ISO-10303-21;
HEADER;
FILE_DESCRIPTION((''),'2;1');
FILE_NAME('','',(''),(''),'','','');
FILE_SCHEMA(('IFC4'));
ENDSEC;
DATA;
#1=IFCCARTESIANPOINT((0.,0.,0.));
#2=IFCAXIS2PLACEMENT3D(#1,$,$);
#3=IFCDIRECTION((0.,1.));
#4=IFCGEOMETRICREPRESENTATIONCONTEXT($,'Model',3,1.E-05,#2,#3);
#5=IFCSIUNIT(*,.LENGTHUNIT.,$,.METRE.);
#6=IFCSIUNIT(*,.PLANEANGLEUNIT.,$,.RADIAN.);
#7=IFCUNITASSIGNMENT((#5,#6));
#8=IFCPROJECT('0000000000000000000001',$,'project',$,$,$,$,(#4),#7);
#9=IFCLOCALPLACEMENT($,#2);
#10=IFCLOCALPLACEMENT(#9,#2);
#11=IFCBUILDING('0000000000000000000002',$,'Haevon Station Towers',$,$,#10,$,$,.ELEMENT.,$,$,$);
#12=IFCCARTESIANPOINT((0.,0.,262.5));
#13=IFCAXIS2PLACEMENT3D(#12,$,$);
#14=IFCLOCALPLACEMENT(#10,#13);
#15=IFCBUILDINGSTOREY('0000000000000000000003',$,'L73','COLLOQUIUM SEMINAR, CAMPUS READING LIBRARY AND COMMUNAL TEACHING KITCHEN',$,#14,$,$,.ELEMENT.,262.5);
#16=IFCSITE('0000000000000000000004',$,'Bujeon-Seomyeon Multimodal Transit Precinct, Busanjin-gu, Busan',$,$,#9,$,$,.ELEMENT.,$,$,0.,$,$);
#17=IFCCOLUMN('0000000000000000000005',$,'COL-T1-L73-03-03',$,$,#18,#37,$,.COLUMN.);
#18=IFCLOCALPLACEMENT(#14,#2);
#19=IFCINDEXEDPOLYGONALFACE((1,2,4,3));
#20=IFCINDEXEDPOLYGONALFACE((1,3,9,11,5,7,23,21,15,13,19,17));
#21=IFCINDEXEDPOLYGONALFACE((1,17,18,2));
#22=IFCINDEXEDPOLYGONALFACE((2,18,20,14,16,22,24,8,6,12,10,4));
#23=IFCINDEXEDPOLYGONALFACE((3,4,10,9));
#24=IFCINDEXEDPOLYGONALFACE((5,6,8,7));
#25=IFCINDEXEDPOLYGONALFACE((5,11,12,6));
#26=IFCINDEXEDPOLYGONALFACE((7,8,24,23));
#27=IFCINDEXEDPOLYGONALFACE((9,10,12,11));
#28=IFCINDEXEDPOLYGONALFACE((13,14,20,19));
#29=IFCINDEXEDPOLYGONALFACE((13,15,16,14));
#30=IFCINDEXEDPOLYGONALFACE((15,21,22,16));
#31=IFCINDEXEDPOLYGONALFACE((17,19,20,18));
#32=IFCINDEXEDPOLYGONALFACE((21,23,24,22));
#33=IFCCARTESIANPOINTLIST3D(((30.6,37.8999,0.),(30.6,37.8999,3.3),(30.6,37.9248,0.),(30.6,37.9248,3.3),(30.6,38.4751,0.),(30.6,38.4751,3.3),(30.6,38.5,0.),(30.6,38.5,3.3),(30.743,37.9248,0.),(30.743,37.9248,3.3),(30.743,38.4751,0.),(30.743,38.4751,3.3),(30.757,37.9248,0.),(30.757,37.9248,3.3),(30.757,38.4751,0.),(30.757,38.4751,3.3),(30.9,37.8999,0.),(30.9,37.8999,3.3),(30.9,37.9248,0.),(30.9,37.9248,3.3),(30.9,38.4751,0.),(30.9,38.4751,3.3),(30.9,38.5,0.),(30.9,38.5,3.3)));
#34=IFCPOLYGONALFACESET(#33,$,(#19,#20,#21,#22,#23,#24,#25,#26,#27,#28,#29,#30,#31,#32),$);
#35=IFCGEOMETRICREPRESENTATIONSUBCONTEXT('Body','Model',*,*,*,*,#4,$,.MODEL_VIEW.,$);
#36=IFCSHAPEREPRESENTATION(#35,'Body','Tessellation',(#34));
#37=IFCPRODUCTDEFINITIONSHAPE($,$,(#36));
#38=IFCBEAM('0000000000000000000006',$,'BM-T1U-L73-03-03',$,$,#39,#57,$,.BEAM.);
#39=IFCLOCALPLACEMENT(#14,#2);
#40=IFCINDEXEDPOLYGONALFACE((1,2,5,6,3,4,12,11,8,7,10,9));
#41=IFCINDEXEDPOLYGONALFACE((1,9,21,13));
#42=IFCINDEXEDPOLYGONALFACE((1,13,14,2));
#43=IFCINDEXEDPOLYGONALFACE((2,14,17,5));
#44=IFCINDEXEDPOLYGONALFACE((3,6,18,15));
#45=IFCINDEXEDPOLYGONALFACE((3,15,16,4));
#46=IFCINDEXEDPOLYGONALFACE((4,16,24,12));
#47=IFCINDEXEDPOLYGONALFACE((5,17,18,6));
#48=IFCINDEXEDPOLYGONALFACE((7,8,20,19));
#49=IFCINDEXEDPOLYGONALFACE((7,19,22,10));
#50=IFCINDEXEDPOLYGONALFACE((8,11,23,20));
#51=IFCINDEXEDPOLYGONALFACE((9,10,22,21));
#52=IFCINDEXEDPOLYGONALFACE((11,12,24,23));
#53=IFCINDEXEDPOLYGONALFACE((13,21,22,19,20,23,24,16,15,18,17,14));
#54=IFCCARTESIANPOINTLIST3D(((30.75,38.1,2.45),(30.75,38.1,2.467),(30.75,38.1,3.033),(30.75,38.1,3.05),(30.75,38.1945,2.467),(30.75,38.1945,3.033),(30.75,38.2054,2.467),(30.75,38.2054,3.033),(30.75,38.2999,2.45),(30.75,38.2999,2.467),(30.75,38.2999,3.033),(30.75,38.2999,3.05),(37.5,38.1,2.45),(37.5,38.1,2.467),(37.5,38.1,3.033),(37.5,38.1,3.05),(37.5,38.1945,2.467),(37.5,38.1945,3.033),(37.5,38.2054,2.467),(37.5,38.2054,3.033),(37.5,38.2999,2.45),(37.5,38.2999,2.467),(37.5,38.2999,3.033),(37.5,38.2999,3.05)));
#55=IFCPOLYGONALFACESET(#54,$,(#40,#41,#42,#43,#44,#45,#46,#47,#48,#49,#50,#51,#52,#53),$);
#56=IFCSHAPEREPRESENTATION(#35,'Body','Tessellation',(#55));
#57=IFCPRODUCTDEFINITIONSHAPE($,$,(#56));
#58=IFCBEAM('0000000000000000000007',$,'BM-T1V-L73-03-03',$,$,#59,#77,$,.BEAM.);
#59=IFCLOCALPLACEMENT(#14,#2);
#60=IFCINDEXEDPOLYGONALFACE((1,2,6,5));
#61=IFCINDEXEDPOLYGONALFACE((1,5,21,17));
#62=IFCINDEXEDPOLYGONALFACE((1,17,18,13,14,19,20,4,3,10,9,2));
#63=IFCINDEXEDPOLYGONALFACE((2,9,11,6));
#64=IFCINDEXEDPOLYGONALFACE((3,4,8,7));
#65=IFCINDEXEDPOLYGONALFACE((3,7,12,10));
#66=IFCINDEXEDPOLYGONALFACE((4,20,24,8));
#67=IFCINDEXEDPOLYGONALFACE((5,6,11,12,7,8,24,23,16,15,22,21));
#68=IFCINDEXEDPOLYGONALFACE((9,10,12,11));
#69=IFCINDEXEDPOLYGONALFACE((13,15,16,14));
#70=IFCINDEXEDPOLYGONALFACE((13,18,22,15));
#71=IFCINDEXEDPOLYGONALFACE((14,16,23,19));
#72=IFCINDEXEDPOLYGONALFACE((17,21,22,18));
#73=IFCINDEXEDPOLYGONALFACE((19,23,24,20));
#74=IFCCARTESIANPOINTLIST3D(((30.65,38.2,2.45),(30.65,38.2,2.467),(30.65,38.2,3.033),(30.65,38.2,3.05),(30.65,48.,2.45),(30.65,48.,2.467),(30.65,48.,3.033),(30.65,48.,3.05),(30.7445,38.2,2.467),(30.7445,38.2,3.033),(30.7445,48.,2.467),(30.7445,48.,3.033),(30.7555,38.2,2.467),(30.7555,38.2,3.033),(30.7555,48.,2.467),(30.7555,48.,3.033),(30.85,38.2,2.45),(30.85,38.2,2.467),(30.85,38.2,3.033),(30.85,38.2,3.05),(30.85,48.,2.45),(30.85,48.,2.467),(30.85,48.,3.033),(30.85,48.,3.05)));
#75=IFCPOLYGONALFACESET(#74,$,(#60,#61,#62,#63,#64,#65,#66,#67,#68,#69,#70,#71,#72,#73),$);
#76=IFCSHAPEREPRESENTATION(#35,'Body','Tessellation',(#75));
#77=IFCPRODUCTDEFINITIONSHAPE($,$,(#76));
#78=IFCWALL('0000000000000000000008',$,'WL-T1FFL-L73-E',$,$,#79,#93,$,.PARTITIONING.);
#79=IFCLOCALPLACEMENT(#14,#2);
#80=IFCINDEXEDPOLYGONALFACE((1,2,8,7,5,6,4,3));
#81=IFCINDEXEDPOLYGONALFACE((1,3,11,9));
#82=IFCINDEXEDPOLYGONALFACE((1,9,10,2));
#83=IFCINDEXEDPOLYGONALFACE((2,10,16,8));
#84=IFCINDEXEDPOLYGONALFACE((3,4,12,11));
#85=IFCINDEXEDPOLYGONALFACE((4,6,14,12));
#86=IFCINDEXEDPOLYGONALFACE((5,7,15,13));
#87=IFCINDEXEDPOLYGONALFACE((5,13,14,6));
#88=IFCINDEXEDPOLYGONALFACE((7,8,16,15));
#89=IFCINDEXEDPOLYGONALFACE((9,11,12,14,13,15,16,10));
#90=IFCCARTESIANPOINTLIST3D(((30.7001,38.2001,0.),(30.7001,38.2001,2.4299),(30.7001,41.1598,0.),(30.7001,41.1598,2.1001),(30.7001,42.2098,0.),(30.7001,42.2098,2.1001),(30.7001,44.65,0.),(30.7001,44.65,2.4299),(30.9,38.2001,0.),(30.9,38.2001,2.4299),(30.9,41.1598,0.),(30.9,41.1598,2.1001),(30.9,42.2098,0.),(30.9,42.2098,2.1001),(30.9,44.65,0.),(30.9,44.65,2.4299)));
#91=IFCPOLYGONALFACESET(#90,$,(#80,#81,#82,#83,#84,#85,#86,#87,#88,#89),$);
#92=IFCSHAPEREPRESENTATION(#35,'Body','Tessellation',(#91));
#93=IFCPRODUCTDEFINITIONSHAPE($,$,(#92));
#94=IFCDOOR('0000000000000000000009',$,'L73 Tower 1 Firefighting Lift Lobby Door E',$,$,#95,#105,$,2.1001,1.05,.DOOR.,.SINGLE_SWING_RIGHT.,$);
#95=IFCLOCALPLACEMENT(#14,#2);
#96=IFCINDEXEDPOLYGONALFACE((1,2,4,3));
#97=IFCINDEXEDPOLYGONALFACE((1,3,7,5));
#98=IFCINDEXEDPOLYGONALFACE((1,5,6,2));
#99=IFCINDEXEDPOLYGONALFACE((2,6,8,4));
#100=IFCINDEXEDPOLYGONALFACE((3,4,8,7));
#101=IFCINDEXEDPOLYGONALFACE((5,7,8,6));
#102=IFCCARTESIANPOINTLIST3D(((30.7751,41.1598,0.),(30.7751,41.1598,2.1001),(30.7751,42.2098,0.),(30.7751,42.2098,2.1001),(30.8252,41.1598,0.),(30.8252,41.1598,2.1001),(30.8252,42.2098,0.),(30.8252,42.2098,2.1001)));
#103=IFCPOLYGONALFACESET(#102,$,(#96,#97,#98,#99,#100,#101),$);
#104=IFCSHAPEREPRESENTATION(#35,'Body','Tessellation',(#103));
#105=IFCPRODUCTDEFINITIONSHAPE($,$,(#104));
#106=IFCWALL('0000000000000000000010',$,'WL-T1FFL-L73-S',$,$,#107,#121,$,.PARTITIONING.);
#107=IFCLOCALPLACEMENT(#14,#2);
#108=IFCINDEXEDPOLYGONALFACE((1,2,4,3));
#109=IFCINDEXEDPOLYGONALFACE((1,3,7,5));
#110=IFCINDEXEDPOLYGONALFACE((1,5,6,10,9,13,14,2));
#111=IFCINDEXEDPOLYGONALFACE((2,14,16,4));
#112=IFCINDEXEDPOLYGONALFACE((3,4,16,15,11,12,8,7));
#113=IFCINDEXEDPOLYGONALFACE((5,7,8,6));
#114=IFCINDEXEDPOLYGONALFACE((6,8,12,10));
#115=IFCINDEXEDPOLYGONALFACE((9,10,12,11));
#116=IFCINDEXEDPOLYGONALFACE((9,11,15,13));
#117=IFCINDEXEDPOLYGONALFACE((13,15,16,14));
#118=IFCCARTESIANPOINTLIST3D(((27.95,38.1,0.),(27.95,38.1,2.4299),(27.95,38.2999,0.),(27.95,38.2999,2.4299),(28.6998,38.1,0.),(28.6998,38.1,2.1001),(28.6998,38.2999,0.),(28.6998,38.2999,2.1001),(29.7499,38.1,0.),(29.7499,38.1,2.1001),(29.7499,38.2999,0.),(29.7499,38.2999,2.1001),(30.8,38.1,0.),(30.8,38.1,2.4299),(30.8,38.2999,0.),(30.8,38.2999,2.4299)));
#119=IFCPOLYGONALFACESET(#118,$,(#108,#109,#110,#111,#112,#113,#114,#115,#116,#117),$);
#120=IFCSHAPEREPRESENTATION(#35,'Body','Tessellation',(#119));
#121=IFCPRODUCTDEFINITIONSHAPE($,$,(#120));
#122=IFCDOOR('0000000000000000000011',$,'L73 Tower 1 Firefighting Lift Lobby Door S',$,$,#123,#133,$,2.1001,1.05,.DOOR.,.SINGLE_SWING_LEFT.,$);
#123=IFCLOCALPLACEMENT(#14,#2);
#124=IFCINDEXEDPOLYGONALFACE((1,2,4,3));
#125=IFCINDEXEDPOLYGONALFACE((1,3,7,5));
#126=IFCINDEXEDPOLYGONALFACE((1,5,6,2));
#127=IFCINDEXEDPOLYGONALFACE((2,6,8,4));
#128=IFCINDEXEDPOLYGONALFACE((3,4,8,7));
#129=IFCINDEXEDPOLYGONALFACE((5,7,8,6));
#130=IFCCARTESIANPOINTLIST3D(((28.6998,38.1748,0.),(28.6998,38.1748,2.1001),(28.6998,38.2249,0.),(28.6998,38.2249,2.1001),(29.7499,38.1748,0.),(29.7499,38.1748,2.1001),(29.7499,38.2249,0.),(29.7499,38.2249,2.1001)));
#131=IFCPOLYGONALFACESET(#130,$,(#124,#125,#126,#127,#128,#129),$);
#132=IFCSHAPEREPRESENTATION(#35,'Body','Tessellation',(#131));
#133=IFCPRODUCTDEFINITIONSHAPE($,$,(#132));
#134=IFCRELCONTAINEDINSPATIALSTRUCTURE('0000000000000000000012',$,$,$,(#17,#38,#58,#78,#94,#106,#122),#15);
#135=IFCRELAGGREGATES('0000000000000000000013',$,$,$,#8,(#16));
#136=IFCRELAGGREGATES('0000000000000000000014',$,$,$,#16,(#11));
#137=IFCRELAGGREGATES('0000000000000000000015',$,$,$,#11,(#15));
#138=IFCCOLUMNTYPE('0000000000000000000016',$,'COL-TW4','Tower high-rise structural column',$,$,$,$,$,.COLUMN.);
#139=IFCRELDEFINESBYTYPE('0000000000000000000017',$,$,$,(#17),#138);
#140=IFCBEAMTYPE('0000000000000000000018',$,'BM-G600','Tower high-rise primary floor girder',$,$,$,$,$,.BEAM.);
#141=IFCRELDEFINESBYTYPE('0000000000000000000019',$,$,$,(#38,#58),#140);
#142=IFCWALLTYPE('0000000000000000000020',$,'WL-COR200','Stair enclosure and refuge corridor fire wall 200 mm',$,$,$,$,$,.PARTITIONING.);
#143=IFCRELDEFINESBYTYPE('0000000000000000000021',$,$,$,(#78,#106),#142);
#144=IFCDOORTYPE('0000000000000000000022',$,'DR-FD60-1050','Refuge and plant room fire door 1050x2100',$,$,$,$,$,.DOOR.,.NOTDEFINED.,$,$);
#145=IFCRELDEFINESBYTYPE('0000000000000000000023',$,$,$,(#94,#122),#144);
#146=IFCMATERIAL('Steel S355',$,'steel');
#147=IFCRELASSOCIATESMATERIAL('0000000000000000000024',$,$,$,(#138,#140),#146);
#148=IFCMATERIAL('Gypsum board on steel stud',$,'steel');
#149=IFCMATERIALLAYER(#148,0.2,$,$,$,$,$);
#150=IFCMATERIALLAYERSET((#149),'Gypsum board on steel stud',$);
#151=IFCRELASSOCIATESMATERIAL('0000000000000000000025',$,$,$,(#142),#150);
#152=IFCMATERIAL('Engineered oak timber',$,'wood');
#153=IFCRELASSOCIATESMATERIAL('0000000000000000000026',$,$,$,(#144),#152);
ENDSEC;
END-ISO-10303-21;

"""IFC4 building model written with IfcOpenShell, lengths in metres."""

from ifc_helpers import new_model, si_unit, direction, frame, frame_2d, origin, origin_2d, place, context, subcontext, project, spatial, rectangle, i_section, extrude, material, layer, layer_set, material_profile, profile_set, type_object, element, fill, save


model = new_model("IFC4")

# Units and contexts
model_context = context("Model", 3, precision=1e-05, world=origin(), true_north=direction((0.0, 1.0)))
body_context = subcontext(model_context, "Body", "Model", "MODEL_VIEW")
ifc_project = project(units=[si_unit("LENGTHUNIT", "METRE"), si_unit("PLANEANGLEUNIT", "RADIAN")], contexts=[model_context])

# Site, building, storey
site_placement = place(None, origin())
site = spatial("IfcSite", under=ifc_project, at=site_placement, Name="Bujeon-Seomyeon Multimodal Transit Precinct, Busanjin-gu, Busan", CompositionType="ELEMENT", RefElevation=0.0)
building_placement = place(site_placement, origin())
building = spatial("IfcBuilding", under=site, at=building_placement, Name="Haevon Station Towers", CompositionType="ELEMENT")
storey_placement = place(building_placement, frame((0.0, 0.0, 262.5)))
storey = spatial("IfcBuildingStorey", under=building, at=storey_placement, Name="L73", Description="COLLOQUIUM SEMINAR, CAMPUS READING LIBRARY AND COMMUNAL TEACHING KITCHEN", CompositionType="ELEMENT", Elevation=262.5)

# Column
ifc_material_1 = material(Name="Steel S355", Category="steel")
ifc_material_profile_1 = material_profile(ifc_material_1, i_section(OverallWidth=0.3, OverallDepth=0.6001, WebThickness=0.0139, FlangeThickness=0.0249, at=origin_2d()), Name="H-600x300x14x25")
ifc_profile_set_1 = profile_set([ifc_material_profile_1], Name="Steel S355")
column_type = type_object("IfcColumnType", Name="COL-TW4", Description="Tower high-rise structural column", PredefinedType="COLUMN", material=ifc_profile_set_1)
column_placement = place(storey_placement, frame((30.75, 38.2, 0.0), z_axis=(0.0, 0.0, 1.0), x_axis=(1.0, 0.0, 0.0)))
element("IfcColumn", 1, at=column_placement, inside=storey, type_object=column_type, Name="COL-T1-L73-03-03", PredefinedType="COLUMN", context=body_context, shape_type="SweptSolid", body=[
    extrude(i_section(OverallWidth=0.3, OverallDepth=0.6001, WebThickness=0.0139, FlangeThickness=0.0249, at=origin_2d()), origin(), (0.0, 0.0, 1.0), 3.3),
])

# Beams
ifc_material_profile_2 = material_profile(ifc_material_1, i_section(OverallWidth=0.2, OverallDepth=0.6001, WebThickness=0.011, FlangeThickness=0.0171, at=origin_2d()), Name="H-600x200x11x17")
ifc_profile_set_2 = profile_set([ifc_material_profile_2], Name="Steel S355")
beam_type = type_object("IfcBeamType", Name="BM-G600", Description="Tower high-rise primary floor girder", PredefinedType="BEAM", material=ifc_profile_set_2)
beam_1_placement = place(storey_placement, frame((30.75, 38.2, 2.75), z_axis=(1.0, 0.0, 0.0), x_axis=(0.0, 1.0, 0.0)))
element("IfcBeam", 2, at=beam_1_placement, inside=storey, type_object=beam_type, Name="BM-T1U-L73-03-03", PredefinedType="BEAM", context=body_context, shape_type="SweptSolid", body=[
    extrude(i_section(OverallWidth=0.2, OverallDepth=0.6001, WebThickness=0.011, FlangeThickness=0.0171, at=origin_2d()), origin(), (0.0, 0.0, 1.0), 6.75),
])
beam_2_placement = place(storey_placement, frame((30.75, 38.2, 2.75), z_axis=(0.0, 1.0, 0.0), x_axis=(-1.0, 0.0, 0.0)))
element("IfcBeam", 3, at=beam_2_placement, inside=storey, type_object=beam_type, Name="BM-T1V-L73-03-03", PredefinedType="BEAM", context=body_context, shape_type="SweptSolid", body=[
    extrude(i_section(OverallWidth=0.2, OverallDepth=0.6001, WebThickness=0.011, FlangeThickness=0.0171, at=origin_2d()), origin(), (0.0, 0.0, 1.0), 9.8),
])

# Walls, openings, doors
ifc_material_2 = material(Name="Gypsum board on steel stud", Category="steel")
ifc_layer_1 = layer(ifc_material_2, 0.2)
ifc_layer_set_1 = layer_set([ifc_layer_1], Name="Gypsum board on steel stud")
wall_type_1 = type_object("IfcWallType", Name="WL-COR200", Description="Stair enclosure and refuge corridor fire wall 200 mm", PredefinedType="PARTITIONING", material=ifc_layer_set_1)
wall_1_placement = place(storey_placement, frame((30.8, 38.2, 0.0), z_axis=(0.0, 0.0, 1.0), x_axis=(0.0, 1.0, 0.0)))
wall_1 = element("IfcWall", 4, at=wall_1_placement, inside=storey, type_object=wall_type_1, Name="WL-T1FFL-L73-E", PredefinedType="PARTITIONING", context=body_context, shape_type="SweptSolid", body=[
    extrude(rectangle(XDim=6.45, YDim=0.2, at=frame_2d((3.2251, 0.0))), origin(), (0.0, 0.0, 1.0), 2.4299),
])
opening_1_placement = place(wall_1_placement, frame((2.96, 0.0, 0.0)))
opening_1 = element("IfcOpeningElement", 5, at=opening_1_placement, cuts=wall_1, PredefinedType="OPENING", context=body_context, shape_type="SweptSolid", body=[
    extrude(rectangle(XDim=1.05, YDim=2.1001, at=frame_2d((0.5249, 1.05))), frame((0.0, 0.1099, 0.0), z_axis=(0.0, -1.0, 0.0), x_axis=(1.0, 0.0, 0.0)), (0.0, 0.0, 1.0), 0.22),
])
ifc_material_3 = material(Name="Engineered oak timber", Category="wood")
door_type_1 = type_object("IfcDoorType", Name="DR-FD60-1050", Description="Refuge and plant room fire door 1050x2100", OperationType="NOTDEFINED", PredefinedType="DOOR", material=ifc_material_3)
door_1_placement = place(opening_1_placement, origin())
door_1 = element("IfcDoor", 6, at=door_1_placement, inside=storey, type_object=door_type_1, Name="L73 Tower 1 Firefighting Lift Lobby Door E", OperationType="SINGLE_SWING_RIGHT", OverallHeight=2.1001, OverallWidth=1.05, PredefinedType="DOOR", context=body_context, shape_type="SweptSolid", body=[
    extrude(rectangle(XDim=1.05, YDim=2.1001, at=frame_2d((0.5249, 1.05))), frame((0.0, 0.0249, 0.0), z_axis=(0.0, -1.0, 0.0), x_axis=(1.0, 0.0, 0.0)), (0.0, 0.0, 1.0), 0.05),
])
fill(opening_1, door_1)
wall_2_placement = place(storey_placement, frame((27.95, 38.2, 0.0), z_axis=(0.0, 0.0, 1.0), x_axis=(1.0, 0.0, 0.0)))
wall_2 = element("IfcWall", 7, at=wall_2_placement, inside=storey, type_object=wall_type_1, Name="WL-T1FFL-L73-S", PredefinedType="PARTITIONING", context=body_context, shape_type="SweptSolid", body=[
    extrude(rectangle(XDim=2.8501, YDim=0.2, at=frame_2d((1.425, 0.0))), origin(), (0.0, 0.0, 1.0), 2.4299),
])
opening_2_placement = place(wall_2_placement, frame((0.75, 0.0, 0.0)))
opening_2 = element("IfcOpeningElement", 8, at=opening_2_placement, cuts=wall_2, PredefinedType="OPENING", context=body_context, shape_type="SweptSolid", body=[
    extrude(rectangle(XDim=1.05, YDim=2.1001, at=frame_2d((0.5249, 1.05))), frame((0.0, 0.1099, 0.0), z_axis=(0.0, -1.0, 0.0), x_axis=(1.0, 0.0, 0.0)), (0.0, 0.0, 1.0), 0.22),
])
door_2_placement = place(opening_2_placement, origin())
door_2 = element("IfcDoor", 9, at=door_2_placement, inside=storey, type_object=door_type_1, Name="L73 Tower 1 Firefighting Lift Lobby Door S", OperationType="SINGLE_SWING_LEFT", OverallHeight=2.1001, OverallWidth=1.05, PredefinedType="DOOR", context=body_context, shape_type="SweptSolid", body=[
    extrude(rectangle(XDim=1.05, YDim=2.1001, at=frame_2d((0.5249, 1.05))), frame((0.0, 0.0249, 0.0), z_axis=(0.0, -1.0, 0.0), x_axis=(1.0, 0.0, 0.0)), (0.0, 0.0, 1.0), 0.05),
])
fill(opening_2, door_2)

save(model, "model.ifc")
